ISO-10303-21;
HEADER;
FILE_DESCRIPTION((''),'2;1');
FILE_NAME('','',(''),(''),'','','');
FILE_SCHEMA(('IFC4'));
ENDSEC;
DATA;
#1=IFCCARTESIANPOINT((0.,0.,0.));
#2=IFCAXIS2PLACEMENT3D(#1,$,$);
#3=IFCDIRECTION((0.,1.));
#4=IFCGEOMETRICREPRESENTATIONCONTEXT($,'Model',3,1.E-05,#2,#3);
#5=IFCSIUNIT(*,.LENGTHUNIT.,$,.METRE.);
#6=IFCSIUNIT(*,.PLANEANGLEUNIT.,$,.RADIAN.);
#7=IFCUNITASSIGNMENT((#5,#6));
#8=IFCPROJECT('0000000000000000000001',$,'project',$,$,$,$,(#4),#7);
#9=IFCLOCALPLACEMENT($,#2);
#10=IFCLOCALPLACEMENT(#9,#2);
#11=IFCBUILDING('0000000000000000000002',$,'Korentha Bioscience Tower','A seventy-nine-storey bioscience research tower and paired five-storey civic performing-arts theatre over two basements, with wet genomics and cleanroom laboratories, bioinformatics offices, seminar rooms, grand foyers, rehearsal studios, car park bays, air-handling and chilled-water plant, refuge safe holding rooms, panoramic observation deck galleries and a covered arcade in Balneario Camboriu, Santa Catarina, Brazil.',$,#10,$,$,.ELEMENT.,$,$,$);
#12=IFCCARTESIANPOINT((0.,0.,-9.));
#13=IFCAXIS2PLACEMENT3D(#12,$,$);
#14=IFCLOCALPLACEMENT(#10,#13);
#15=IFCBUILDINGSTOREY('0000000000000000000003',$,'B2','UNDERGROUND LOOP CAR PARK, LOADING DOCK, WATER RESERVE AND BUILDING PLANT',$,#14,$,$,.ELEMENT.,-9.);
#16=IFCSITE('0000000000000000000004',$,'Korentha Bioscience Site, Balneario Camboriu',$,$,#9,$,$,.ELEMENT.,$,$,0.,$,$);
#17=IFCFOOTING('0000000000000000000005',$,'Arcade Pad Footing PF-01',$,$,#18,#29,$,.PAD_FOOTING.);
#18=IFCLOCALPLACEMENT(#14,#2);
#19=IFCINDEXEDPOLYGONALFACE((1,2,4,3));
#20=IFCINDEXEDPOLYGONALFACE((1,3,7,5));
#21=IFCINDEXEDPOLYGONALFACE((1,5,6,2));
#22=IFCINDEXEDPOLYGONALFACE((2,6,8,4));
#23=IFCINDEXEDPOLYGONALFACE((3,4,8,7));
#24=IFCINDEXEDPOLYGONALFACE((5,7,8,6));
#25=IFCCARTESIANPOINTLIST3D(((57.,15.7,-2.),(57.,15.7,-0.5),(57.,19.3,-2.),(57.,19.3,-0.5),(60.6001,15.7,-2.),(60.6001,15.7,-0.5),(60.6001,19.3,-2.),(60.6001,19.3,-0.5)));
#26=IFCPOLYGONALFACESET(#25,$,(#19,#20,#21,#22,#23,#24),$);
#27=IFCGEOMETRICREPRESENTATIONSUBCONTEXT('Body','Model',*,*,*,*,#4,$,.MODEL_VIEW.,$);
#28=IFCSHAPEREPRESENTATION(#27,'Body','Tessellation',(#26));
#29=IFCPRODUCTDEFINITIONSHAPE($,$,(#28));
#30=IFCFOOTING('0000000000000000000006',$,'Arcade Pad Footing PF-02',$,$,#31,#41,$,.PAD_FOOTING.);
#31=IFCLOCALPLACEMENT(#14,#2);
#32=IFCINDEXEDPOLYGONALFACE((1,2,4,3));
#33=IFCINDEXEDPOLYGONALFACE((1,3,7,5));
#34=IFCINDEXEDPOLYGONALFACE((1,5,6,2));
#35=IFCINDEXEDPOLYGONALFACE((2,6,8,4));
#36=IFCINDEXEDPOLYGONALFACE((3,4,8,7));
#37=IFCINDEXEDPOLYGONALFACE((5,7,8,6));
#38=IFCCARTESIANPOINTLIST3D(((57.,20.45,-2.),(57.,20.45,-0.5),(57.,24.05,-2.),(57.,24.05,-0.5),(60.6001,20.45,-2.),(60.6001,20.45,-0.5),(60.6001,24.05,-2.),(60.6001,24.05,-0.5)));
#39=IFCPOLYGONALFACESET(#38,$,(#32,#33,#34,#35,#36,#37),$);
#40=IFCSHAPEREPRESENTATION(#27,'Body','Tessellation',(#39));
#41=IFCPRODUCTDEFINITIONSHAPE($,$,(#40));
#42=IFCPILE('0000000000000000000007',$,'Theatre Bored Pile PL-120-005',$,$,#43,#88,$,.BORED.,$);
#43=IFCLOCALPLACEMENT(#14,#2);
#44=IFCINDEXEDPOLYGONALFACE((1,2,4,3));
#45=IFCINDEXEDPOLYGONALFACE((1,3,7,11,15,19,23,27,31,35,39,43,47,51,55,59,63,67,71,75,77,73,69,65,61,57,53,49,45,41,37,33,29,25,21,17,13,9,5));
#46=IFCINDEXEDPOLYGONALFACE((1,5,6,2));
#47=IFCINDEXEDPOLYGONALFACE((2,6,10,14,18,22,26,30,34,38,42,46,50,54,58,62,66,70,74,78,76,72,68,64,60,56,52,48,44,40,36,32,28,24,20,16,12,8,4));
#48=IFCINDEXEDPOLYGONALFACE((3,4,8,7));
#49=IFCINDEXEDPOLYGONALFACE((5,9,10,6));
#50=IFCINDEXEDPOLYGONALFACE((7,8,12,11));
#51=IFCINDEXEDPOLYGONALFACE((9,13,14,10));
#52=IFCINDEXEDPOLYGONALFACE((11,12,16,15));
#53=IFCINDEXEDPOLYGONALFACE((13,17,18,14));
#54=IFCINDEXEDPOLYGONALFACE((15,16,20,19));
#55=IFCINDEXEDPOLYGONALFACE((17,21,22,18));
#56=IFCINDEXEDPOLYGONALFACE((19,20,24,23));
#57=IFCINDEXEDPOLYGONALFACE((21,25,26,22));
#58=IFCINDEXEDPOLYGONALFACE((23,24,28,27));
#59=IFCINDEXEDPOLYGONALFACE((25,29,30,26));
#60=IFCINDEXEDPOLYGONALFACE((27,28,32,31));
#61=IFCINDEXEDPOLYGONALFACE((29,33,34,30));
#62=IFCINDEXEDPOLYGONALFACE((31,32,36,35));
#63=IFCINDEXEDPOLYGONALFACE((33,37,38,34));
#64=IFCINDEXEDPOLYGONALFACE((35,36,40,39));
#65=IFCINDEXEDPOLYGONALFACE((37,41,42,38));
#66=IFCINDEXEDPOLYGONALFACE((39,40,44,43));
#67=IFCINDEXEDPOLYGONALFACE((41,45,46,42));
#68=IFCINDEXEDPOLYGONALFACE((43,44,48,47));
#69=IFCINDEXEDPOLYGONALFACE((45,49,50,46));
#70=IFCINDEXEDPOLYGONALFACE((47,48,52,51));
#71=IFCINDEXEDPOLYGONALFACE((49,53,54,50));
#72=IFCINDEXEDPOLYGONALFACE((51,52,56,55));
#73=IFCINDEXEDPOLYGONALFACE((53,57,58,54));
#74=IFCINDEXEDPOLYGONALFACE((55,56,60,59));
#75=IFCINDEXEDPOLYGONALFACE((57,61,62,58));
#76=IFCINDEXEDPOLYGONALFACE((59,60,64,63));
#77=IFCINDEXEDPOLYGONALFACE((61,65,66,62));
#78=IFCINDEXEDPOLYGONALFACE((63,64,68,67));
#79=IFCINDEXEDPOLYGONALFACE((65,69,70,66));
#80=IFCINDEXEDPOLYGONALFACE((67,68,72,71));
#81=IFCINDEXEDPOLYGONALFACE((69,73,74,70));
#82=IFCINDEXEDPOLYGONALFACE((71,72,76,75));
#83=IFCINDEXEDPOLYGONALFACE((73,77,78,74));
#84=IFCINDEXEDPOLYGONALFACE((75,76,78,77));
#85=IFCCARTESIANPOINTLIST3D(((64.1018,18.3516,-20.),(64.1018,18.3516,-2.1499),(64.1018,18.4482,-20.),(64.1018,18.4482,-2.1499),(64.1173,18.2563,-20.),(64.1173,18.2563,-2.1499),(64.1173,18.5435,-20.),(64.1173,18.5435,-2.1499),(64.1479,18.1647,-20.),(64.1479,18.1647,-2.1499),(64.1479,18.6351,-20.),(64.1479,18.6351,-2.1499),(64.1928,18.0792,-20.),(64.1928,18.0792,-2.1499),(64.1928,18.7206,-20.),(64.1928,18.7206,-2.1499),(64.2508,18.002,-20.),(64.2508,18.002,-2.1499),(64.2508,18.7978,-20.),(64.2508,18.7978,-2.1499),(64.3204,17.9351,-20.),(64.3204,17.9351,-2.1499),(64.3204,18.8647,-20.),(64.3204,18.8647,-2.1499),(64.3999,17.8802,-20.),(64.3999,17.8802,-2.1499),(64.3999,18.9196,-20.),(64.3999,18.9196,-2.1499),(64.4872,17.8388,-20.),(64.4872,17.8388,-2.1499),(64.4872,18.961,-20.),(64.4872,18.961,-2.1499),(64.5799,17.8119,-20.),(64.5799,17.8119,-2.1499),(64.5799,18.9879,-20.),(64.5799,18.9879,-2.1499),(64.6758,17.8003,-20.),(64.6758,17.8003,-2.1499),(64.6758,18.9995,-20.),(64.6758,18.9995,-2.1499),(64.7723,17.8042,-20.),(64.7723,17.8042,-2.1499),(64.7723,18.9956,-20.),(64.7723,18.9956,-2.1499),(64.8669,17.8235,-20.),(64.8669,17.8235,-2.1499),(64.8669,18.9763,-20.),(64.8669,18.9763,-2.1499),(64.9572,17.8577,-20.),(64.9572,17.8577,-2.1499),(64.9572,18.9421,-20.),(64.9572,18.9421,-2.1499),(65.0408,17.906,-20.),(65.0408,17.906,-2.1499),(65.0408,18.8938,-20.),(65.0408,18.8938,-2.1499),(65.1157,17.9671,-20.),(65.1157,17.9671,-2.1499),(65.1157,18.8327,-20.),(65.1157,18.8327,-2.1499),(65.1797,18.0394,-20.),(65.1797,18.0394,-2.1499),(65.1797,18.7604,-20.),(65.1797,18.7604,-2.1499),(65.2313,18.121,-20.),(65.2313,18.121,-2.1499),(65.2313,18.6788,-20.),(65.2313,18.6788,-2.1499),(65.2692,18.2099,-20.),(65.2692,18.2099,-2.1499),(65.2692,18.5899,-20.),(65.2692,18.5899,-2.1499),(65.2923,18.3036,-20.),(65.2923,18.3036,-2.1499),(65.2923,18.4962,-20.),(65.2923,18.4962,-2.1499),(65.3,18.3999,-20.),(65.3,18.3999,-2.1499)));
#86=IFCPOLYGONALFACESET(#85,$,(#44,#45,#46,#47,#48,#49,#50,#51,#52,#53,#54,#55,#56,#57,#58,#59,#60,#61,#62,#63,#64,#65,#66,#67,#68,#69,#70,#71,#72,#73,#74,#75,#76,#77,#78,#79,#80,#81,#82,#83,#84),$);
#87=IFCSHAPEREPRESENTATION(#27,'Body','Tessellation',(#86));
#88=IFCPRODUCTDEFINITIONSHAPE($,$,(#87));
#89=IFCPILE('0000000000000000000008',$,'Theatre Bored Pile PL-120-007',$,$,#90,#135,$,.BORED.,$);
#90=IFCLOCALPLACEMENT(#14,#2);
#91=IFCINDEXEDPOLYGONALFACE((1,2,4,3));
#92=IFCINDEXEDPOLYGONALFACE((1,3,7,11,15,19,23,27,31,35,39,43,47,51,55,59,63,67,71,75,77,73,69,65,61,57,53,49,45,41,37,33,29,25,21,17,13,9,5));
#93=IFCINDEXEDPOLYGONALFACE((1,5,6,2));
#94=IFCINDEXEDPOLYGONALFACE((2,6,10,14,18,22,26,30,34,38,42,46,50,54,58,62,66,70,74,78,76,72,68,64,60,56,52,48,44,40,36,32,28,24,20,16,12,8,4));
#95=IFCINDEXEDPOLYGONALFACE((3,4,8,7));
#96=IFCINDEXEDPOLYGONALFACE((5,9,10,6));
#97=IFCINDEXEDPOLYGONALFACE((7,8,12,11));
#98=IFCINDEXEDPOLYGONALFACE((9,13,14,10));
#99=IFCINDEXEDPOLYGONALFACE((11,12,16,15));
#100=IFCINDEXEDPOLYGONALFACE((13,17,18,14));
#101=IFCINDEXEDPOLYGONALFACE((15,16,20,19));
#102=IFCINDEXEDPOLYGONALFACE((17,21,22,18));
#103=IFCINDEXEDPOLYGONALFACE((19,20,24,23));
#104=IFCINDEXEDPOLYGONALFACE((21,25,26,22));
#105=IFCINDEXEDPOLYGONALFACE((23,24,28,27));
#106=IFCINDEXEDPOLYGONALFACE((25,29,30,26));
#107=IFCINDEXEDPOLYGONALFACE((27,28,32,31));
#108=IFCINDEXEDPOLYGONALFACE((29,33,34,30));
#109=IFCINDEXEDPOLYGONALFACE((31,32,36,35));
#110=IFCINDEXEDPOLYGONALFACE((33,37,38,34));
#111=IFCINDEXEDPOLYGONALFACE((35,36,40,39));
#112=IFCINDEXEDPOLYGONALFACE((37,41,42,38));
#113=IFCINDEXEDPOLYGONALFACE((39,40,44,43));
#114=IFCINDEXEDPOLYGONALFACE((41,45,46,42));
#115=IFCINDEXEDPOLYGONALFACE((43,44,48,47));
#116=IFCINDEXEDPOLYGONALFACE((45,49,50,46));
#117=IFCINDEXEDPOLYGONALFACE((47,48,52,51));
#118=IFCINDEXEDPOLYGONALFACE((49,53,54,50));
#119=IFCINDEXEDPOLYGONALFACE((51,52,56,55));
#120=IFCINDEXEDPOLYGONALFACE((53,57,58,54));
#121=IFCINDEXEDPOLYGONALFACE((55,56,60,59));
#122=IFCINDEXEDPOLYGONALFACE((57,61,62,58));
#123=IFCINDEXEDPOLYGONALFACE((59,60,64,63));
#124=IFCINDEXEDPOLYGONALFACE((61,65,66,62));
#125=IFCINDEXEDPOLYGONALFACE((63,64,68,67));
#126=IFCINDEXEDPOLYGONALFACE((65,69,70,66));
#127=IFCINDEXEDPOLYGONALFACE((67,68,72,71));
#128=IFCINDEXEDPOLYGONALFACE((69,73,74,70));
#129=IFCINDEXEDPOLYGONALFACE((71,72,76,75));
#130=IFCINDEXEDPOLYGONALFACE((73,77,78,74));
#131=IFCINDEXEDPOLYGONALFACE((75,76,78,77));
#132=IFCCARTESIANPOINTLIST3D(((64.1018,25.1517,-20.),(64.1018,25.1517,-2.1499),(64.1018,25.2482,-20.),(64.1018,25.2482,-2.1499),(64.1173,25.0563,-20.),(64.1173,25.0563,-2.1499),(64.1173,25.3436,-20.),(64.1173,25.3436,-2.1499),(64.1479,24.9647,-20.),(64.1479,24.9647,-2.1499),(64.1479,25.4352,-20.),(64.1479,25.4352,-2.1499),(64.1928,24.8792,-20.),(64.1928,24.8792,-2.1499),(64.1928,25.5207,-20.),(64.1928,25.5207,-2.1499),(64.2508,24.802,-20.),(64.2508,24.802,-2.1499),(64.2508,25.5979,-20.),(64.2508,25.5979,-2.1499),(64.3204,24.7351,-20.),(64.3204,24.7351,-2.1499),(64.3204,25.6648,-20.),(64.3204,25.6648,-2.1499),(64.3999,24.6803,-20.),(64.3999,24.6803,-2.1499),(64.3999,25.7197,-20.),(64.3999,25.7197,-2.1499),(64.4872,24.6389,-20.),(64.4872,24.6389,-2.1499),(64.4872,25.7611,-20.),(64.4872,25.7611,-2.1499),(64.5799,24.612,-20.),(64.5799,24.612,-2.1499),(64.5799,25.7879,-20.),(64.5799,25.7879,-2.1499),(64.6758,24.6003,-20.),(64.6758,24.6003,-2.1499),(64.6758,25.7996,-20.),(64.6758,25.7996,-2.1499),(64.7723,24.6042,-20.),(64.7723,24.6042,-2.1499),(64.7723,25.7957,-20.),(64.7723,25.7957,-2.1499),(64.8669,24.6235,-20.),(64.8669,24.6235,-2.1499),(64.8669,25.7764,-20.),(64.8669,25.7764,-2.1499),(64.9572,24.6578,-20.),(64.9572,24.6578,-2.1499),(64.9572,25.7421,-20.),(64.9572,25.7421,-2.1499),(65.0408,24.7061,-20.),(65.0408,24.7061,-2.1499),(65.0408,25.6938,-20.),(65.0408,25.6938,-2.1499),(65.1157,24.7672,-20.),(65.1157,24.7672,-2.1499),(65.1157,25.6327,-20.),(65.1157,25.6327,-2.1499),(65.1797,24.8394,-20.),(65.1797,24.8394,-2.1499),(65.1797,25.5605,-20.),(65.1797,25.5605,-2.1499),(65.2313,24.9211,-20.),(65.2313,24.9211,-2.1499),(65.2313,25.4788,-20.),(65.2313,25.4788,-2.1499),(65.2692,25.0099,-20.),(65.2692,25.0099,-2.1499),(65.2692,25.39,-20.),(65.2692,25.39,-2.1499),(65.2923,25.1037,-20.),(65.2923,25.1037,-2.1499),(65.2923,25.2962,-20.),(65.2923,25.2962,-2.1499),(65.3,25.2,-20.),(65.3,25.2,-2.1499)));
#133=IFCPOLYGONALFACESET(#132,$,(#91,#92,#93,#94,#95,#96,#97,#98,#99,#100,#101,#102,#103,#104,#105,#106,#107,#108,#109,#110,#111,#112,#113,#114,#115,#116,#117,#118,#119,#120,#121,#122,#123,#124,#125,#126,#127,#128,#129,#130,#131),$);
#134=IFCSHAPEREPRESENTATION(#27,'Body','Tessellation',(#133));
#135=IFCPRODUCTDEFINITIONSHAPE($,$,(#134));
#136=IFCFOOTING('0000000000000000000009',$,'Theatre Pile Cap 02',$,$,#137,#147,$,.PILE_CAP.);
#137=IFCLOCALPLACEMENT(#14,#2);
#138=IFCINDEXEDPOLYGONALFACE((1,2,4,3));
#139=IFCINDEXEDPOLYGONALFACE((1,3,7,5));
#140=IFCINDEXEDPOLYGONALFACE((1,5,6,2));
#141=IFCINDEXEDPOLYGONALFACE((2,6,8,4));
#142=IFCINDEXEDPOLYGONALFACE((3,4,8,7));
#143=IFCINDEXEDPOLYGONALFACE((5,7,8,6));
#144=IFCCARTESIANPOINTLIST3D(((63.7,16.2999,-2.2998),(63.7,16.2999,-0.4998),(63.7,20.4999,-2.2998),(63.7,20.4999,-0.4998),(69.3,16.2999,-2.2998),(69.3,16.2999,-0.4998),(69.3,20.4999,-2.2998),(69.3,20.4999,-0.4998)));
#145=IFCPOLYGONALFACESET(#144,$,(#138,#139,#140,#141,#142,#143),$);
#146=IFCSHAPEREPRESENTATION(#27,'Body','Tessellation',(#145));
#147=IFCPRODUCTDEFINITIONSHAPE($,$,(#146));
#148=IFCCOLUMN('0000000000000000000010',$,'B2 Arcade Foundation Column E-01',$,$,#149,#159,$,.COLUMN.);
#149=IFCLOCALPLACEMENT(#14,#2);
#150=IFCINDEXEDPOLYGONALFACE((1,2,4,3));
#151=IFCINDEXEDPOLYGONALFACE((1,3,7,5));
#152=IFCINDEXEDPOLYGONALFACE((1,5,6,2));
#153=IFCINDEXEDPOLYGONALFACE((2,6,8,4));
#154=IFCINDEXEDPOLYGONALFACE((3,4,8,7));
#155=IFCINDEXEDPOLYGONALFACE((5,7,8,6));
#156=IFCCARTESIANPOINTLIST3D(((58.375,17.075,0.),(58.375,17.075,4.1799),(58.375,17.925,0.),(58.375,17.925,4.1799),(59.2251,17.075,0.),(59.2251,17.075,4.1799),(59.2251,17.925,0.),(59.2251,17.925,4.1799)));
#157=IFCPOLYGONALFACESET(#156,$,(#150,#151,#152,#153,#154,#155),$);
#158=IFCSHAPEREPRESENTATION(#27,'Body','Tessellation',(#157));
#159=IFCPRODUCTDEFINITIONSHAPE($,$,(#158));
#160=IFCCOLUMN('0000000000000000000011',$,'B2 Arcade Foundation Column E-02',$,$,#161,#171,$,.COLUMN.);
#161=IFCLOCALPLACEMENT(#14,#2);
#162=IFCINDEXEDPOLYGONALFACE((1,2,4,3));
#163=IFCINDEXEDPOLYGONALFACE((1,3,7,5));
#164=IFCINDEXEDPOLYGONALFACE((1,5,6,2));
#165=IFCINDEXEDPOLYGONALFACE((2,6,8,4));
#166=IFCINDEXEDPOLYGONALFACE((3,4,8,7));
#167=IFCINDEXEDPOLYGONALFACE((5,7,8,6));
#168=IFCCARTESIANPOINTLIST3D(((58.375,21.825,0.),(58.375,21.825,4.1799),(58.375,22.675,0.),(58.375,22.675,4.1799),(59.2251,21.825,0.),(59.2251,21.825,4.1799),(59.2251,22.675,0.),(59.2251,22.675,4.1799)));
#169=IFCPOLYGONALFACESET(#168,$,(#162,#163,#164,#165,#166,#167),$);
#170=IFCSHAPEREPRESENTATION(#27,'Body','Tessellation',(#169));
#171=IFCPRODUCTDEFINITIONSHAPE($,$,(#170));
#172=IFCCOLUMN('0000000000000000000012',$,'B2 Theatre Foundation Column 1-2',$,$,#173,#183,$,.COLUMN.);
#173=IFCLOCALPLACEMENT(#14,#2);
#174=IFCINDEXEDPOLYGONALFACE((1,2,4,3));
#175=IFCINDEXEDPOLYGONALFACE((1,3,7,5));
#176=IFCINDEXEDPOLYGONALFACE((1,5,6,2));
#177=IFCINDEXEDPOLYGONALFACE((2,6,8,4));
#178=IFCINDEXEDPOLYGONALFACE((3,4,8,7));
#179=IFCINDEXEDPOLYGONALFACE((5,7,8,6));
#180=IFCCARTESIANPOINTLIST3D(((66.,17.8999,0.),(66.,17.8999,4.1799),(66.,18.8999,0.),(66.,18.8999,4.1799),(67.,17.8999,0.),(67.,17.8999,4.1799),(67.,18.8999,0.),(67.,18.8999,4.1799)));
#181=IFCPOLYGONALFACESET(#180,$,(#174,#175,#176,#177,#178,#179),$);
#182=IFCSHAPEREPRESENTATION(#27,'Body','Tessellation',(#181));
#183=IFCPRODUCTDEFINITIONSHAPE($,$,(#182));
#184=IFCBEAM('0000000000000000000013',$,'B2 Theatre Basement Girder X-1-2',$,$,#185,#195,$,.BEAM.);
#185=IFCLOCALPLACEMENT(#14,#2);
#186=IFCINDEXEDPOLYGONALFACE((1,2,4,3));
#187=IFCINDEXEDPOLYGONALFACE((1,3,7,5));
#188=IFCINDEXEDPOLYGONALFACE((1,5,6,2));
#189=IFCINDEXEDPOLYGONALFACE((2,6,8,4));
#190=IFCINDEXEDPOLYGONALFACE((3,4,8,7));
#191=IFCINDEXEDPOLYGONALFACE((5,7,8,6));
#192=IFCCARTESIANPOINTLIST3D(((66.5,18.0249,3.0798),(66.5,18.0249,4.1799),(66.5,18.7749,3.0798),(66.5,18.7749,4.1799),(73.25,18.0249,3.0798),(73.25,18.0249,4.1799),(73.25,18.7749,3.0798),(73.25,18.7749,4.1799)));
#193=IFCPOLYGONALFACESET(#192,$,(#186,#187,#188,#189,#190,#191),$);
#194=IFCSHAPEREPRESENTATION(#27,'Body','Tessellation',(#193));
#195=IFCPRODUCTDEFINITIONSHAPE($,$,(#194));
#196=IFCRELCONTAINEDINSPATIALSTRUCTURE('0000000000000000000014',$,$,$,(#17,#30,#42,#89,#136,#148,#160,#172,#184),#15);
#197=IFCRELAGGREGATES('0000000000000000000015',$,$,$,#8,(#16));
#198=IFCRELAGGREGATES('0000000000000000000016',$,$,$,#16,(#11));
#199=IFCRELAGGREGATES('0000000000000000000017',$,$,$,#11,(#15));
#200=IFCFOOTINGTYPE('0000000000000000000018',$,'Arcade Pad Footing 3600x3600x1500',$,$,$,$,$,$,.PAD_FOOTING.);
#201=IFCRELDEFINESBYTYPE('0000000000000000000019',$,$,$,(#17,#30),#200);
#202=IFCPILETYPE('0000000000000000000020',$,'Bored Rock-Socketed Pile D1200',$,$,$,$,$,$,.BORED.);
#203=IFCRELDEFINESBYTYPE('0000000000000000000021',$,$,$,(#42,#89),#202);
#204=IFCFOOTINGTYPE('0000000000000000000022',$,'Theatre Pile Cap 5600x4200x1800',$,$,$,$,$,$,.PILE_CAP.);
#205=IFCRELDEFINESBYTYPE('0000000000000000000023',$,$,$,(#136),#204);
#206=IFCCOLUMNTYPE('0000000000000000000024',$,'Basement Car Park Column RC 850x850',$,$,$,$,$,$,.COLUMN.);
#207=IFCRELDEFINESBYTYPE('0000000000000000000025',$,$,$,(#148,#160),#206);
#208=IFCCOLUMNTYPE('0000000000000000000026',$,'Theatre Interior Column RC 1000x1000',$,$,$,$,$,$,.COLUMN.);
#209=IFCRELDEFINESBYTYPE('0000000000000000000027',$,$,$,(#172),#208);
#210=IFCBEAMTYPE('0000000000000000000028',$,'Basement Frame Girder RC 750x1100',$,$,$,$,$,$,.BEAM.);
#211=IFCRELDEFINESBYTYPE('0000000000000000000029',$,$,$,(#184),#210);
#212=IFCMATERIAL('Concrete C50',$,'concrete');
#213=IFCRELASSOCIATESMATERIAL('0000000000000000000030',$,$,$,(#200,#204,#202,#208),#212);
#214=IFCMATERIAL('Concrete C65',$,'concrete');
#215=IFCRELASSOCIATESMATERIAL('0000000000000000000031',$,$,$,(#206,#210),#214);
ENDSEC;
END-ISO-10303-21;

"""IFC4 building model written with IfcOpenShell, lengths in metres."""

from ifc_helpers import new_model, si_unit, direction, frame, origin, origin_2d, place, context, subcontext, project, spatial, rectangle, circle, extrude, material, material_profile, profile_set, type_object, element, save


model = new_model("IFC4")

# Units and contexts
model_context = context("Model", 3, precision=1e-05, world=origin(), true_north=direction((0.0, 1.0)))
body_context = subcontext(model_context, "Body", "Model", "MODEL_VIEW")
ifc_project = project(units=[si_unit("LENGTHUNIT", "METRE"), si_unit("PLANEANGLEUNIT", "RADIAN")], contexts=[model_context])

# Site, building, storey
site_placement = place(None, origin())
site = spatial("IfcSite", under=ifc_project, at=site_placement, Name="Korentha Bioscience Site, Balneario Camboriu", CompositionType="ELEMENT", RefElevation=0.0)
building_placement = place(site_placement, origin())
building = spatial("IfcBuilding", under=site, at=building_placement, Name="Korentha Bioscience Tower", Description="A seventy-nine-storey bioscience research tower and paired five-storey civic performing-arts theatre over two basements, with wet genomics and cleanroom laboratories, bioinformatics offices, seminar rooms, grand foyers, rehearsal studios, car park bays, air-handling and chilled-water plant, refuge safe holding rooms, panoramic observation deck galleries and a covered arcade in Balneario Camboriu, Santa Catarina, Brazil.", CompositionType="ELEMENT")
storey_placement = place(building_placement, frame((0.0, 0.0, -9.0)))
storey = spatial("IfcBuildingStorey", under=building, at=storey_placement, Name="B2", Description="UNDERGROUND LOOP CAR PARK, LOADING DOCK, WATER RESERVE AND BUILDING PLANT", CompositionType="ELEMENT", Elevation=-9.0)

# Footings
ifc_material_1 = material(Name="Concrete C50", Category="concrete")
footing_type_1 = type_object("IfcFootingType", Name="Arcade Pad Footing 3600x3600x1500", PredefinedType="PAD_FOOTING", material=ifc_material_1)
for number, where, z_axis, x_axis, name in (
    (1, (58.8, 17.5, -2.0), (0.0, 0.0, 1.0), (1.0, 0.0, 0.0), "Arcade Pad Footing PF-01"),
    (2, (58.8, 22.25, -2.0), (0.0, 0.0, 1.0), (1.0, 0.0, 0.0), "Arcade Pad Footing PF-02"),
):
    element("IfcFooting", number, at=place(storey_placement, frame(where, z_axis=z_axis, x_axis=x_axis)), inside=storey, type_object=footing_type_1, Name=name, PredefinedType="PAD_FOOTING", context=body_context, shape_type="SweptSolid", body=[
        extrude(rectangle(XDim=3.6001, YDim=3.6001, at=origin_2d()), origin(), (0.0, 0.0, 1.0), 1.5),
    ])

# Piles
ifc_material_profile_1 = material_profile(ifc_material_1, circle(Radius=0.6001, at=origin_2d()), Name="Concrete C50")
ifc_profile_set_1 = profile_set([ifc_material_profile_1], Name="Concrete C50 (PL-120)")
pile_type = type_object("IfcPileType", Name="Bored Rock-Socketed Pile D1200", PredefinedType="BORED", material=ifc_profile_set_1)
for number, where, z_axis, x_axis, name in (
    (3, (64.7, 18.3999, -2.1499), (0.0, 0.0, -1.0), (1.0, 0.0, 0.0), "Theatre Bored Pile PL-120-005"),
    (4, (64.7, 25.2, -2.1499), (0.0, 0.0, -1.0), (1.0, 0.0, 0.0), "Theatre Bored Pile PL-120-007"),
):
    element("IfcPile", number, at=place(storey_placement, frame(where, z_axis=z_axis, x_axis=x_axis)), inside=storey, type_object=pile_type, Name=name, PredefinedType="BORED", context=body_context, shape_type="SweptSolid", body=[
        extrude(circle(Radius=0.6001, at=origin_2d()), origin(), (0.0, 0.0, 1.0), 17.8501),
    ])

# Footing
footing_type_2 = type_object("IfcFootingType", Name="Theatre Pile Cap 5600x4200x1800", PredefinedType="PILE_CAP", material=ifc_material_1)
footing_placement = place(storey_placement, frame((66.5, 18.3999, -2.2998), z_axis=(0.0, 0.0, 1.0), x_axis=(1.0, 0.0, 0.0)))
element("IfcFooting", 5, at=footing_placement, inside=storey, type_object=footing_type_2, Name="Theatre Pile Cap 02", PredefinedType="PILE_CAP", context=body_context, shape_type="SweptSolid", body=[
    extrude(rectangle(XDim=5.6001, YDim=4.2, at=origin_2d()), origin(), (0.0, 0.0, 1.0), 1.8),
])

# Columns
ifc_material_2 = material(Name="Concrete C65", Category="concrete")
ifc_material_profile_2 = material_profile(ifc_material_2, rectangle(XDim=0.8501, YDim=0.8501, at=origin_2d()), Name="Concrete C65")
ifc_profile_set_2 = profile_set([ifc_material_profile_2], Name="Concrete C65 (BC-01)")
column_type_1 = type_object("IfcColumnType", Name="Basement Car Park Column RC 850x850", PredefinedType="COLUMN", material=ifc_profile_set_2)
for number, where, z_axis, x_axis, name in (
    (6, (58.8, 17.5, 0.0), (0.0, 0.0, 1.0), (1.0, 0.0, 0.0), "B2 Arcade Foundation Column E-01"),
    (7, (58.8, 22.25, 0.0), (0.0, 0.0, 1.0), (1.0, 0.0, 0.0), "B2 Arcade Foundation Column E-02"),
):
    element("IfcColumn", number, at=place(storey_placement, frame(where, z_axis=z_axis, x_axis=x_axis)), inside=storey, type_object=column_type_1, Name=name, PredefinedType="COLUMN", context=body_context, shape_type="SweptSolid", body=[
        extrude(rectangle(XDim=0.8501, YDim=0.8501, at=origin_2d()), origin(), (0.0, 0.0, 1.0), 4.1799),
    ])
ifc_material_profile_3 = material_profile(ifc_material_1, rectangle(XDim=1.0, YDim=1.0, at=origin_2d()), Name="Concrete C50")
ifc_profile_set_3 = profile_set([ifc_material_profile_3], Name="Concrete C50 (TC-I01)")
column_type_2 = type_object("IfcColumnType", Name="Theatre Interior Column RC 1000x1000", PredefinedType="COLUMN", material=ifc_profile_set_3)
column_placement = place(storey_placement, frame((66.5, 18.3999, 0.0), z_axis=(0.0, 0.0, 1.0), x_axis=(1.0, 0.0, 0.0)))
element("IfcColumn", 8, at=column_placement, inside=storey, type_object=column_type_2, Name="B2 Theatre Foundation Column 1-2", PredefinedType="COLUMN", context=body_context, shape_type="SweptSolid", body=[
    extrude(rectangle(XDim=1.0, YDim=1.0, at=origin_2d()), origin(), (0.0, 0.0, 1.0), 4.1799),
])

# Beam
ifc_material_profile_4 = material_profile(ifc_material_2, rectangle(XDim=0.75, YDim=1.1001, at=origin_2d()), Name="Concrete C65")
ifc_profile_set_4 = profile_set([ifc_material_profile_4], Name="Concrete C65 (BB-750)")
beam_type_1 = type_object("IfcBeamType", Name="Basement Frame Girder RC 750x1100", PredefinedType="BEAM", material=ifc_profile_set_4)
beam_1_placement = place(storey_placement, frame((66.5, 18.3999, 3.6299), z_axis=(1.0, 0.0, 0.0), x_axis=(0.0, 1.0, 0.0)))
element("IfcBeam", 9, at=beam_1_placement, inside=storey, type_object=beam_type_1, Name="B2 Theatre Basement Girder X-1-2", PredefinedType="BEAM", context=body_context, shape_type="SweptSolid", body=[
    extrude(rectangle(XDim=0.75, YDim=1.1001, at=origin_2d()), origin(), (0.0, 0.0, 1.0), 6.75),
])

save(model, "model.ifc")
